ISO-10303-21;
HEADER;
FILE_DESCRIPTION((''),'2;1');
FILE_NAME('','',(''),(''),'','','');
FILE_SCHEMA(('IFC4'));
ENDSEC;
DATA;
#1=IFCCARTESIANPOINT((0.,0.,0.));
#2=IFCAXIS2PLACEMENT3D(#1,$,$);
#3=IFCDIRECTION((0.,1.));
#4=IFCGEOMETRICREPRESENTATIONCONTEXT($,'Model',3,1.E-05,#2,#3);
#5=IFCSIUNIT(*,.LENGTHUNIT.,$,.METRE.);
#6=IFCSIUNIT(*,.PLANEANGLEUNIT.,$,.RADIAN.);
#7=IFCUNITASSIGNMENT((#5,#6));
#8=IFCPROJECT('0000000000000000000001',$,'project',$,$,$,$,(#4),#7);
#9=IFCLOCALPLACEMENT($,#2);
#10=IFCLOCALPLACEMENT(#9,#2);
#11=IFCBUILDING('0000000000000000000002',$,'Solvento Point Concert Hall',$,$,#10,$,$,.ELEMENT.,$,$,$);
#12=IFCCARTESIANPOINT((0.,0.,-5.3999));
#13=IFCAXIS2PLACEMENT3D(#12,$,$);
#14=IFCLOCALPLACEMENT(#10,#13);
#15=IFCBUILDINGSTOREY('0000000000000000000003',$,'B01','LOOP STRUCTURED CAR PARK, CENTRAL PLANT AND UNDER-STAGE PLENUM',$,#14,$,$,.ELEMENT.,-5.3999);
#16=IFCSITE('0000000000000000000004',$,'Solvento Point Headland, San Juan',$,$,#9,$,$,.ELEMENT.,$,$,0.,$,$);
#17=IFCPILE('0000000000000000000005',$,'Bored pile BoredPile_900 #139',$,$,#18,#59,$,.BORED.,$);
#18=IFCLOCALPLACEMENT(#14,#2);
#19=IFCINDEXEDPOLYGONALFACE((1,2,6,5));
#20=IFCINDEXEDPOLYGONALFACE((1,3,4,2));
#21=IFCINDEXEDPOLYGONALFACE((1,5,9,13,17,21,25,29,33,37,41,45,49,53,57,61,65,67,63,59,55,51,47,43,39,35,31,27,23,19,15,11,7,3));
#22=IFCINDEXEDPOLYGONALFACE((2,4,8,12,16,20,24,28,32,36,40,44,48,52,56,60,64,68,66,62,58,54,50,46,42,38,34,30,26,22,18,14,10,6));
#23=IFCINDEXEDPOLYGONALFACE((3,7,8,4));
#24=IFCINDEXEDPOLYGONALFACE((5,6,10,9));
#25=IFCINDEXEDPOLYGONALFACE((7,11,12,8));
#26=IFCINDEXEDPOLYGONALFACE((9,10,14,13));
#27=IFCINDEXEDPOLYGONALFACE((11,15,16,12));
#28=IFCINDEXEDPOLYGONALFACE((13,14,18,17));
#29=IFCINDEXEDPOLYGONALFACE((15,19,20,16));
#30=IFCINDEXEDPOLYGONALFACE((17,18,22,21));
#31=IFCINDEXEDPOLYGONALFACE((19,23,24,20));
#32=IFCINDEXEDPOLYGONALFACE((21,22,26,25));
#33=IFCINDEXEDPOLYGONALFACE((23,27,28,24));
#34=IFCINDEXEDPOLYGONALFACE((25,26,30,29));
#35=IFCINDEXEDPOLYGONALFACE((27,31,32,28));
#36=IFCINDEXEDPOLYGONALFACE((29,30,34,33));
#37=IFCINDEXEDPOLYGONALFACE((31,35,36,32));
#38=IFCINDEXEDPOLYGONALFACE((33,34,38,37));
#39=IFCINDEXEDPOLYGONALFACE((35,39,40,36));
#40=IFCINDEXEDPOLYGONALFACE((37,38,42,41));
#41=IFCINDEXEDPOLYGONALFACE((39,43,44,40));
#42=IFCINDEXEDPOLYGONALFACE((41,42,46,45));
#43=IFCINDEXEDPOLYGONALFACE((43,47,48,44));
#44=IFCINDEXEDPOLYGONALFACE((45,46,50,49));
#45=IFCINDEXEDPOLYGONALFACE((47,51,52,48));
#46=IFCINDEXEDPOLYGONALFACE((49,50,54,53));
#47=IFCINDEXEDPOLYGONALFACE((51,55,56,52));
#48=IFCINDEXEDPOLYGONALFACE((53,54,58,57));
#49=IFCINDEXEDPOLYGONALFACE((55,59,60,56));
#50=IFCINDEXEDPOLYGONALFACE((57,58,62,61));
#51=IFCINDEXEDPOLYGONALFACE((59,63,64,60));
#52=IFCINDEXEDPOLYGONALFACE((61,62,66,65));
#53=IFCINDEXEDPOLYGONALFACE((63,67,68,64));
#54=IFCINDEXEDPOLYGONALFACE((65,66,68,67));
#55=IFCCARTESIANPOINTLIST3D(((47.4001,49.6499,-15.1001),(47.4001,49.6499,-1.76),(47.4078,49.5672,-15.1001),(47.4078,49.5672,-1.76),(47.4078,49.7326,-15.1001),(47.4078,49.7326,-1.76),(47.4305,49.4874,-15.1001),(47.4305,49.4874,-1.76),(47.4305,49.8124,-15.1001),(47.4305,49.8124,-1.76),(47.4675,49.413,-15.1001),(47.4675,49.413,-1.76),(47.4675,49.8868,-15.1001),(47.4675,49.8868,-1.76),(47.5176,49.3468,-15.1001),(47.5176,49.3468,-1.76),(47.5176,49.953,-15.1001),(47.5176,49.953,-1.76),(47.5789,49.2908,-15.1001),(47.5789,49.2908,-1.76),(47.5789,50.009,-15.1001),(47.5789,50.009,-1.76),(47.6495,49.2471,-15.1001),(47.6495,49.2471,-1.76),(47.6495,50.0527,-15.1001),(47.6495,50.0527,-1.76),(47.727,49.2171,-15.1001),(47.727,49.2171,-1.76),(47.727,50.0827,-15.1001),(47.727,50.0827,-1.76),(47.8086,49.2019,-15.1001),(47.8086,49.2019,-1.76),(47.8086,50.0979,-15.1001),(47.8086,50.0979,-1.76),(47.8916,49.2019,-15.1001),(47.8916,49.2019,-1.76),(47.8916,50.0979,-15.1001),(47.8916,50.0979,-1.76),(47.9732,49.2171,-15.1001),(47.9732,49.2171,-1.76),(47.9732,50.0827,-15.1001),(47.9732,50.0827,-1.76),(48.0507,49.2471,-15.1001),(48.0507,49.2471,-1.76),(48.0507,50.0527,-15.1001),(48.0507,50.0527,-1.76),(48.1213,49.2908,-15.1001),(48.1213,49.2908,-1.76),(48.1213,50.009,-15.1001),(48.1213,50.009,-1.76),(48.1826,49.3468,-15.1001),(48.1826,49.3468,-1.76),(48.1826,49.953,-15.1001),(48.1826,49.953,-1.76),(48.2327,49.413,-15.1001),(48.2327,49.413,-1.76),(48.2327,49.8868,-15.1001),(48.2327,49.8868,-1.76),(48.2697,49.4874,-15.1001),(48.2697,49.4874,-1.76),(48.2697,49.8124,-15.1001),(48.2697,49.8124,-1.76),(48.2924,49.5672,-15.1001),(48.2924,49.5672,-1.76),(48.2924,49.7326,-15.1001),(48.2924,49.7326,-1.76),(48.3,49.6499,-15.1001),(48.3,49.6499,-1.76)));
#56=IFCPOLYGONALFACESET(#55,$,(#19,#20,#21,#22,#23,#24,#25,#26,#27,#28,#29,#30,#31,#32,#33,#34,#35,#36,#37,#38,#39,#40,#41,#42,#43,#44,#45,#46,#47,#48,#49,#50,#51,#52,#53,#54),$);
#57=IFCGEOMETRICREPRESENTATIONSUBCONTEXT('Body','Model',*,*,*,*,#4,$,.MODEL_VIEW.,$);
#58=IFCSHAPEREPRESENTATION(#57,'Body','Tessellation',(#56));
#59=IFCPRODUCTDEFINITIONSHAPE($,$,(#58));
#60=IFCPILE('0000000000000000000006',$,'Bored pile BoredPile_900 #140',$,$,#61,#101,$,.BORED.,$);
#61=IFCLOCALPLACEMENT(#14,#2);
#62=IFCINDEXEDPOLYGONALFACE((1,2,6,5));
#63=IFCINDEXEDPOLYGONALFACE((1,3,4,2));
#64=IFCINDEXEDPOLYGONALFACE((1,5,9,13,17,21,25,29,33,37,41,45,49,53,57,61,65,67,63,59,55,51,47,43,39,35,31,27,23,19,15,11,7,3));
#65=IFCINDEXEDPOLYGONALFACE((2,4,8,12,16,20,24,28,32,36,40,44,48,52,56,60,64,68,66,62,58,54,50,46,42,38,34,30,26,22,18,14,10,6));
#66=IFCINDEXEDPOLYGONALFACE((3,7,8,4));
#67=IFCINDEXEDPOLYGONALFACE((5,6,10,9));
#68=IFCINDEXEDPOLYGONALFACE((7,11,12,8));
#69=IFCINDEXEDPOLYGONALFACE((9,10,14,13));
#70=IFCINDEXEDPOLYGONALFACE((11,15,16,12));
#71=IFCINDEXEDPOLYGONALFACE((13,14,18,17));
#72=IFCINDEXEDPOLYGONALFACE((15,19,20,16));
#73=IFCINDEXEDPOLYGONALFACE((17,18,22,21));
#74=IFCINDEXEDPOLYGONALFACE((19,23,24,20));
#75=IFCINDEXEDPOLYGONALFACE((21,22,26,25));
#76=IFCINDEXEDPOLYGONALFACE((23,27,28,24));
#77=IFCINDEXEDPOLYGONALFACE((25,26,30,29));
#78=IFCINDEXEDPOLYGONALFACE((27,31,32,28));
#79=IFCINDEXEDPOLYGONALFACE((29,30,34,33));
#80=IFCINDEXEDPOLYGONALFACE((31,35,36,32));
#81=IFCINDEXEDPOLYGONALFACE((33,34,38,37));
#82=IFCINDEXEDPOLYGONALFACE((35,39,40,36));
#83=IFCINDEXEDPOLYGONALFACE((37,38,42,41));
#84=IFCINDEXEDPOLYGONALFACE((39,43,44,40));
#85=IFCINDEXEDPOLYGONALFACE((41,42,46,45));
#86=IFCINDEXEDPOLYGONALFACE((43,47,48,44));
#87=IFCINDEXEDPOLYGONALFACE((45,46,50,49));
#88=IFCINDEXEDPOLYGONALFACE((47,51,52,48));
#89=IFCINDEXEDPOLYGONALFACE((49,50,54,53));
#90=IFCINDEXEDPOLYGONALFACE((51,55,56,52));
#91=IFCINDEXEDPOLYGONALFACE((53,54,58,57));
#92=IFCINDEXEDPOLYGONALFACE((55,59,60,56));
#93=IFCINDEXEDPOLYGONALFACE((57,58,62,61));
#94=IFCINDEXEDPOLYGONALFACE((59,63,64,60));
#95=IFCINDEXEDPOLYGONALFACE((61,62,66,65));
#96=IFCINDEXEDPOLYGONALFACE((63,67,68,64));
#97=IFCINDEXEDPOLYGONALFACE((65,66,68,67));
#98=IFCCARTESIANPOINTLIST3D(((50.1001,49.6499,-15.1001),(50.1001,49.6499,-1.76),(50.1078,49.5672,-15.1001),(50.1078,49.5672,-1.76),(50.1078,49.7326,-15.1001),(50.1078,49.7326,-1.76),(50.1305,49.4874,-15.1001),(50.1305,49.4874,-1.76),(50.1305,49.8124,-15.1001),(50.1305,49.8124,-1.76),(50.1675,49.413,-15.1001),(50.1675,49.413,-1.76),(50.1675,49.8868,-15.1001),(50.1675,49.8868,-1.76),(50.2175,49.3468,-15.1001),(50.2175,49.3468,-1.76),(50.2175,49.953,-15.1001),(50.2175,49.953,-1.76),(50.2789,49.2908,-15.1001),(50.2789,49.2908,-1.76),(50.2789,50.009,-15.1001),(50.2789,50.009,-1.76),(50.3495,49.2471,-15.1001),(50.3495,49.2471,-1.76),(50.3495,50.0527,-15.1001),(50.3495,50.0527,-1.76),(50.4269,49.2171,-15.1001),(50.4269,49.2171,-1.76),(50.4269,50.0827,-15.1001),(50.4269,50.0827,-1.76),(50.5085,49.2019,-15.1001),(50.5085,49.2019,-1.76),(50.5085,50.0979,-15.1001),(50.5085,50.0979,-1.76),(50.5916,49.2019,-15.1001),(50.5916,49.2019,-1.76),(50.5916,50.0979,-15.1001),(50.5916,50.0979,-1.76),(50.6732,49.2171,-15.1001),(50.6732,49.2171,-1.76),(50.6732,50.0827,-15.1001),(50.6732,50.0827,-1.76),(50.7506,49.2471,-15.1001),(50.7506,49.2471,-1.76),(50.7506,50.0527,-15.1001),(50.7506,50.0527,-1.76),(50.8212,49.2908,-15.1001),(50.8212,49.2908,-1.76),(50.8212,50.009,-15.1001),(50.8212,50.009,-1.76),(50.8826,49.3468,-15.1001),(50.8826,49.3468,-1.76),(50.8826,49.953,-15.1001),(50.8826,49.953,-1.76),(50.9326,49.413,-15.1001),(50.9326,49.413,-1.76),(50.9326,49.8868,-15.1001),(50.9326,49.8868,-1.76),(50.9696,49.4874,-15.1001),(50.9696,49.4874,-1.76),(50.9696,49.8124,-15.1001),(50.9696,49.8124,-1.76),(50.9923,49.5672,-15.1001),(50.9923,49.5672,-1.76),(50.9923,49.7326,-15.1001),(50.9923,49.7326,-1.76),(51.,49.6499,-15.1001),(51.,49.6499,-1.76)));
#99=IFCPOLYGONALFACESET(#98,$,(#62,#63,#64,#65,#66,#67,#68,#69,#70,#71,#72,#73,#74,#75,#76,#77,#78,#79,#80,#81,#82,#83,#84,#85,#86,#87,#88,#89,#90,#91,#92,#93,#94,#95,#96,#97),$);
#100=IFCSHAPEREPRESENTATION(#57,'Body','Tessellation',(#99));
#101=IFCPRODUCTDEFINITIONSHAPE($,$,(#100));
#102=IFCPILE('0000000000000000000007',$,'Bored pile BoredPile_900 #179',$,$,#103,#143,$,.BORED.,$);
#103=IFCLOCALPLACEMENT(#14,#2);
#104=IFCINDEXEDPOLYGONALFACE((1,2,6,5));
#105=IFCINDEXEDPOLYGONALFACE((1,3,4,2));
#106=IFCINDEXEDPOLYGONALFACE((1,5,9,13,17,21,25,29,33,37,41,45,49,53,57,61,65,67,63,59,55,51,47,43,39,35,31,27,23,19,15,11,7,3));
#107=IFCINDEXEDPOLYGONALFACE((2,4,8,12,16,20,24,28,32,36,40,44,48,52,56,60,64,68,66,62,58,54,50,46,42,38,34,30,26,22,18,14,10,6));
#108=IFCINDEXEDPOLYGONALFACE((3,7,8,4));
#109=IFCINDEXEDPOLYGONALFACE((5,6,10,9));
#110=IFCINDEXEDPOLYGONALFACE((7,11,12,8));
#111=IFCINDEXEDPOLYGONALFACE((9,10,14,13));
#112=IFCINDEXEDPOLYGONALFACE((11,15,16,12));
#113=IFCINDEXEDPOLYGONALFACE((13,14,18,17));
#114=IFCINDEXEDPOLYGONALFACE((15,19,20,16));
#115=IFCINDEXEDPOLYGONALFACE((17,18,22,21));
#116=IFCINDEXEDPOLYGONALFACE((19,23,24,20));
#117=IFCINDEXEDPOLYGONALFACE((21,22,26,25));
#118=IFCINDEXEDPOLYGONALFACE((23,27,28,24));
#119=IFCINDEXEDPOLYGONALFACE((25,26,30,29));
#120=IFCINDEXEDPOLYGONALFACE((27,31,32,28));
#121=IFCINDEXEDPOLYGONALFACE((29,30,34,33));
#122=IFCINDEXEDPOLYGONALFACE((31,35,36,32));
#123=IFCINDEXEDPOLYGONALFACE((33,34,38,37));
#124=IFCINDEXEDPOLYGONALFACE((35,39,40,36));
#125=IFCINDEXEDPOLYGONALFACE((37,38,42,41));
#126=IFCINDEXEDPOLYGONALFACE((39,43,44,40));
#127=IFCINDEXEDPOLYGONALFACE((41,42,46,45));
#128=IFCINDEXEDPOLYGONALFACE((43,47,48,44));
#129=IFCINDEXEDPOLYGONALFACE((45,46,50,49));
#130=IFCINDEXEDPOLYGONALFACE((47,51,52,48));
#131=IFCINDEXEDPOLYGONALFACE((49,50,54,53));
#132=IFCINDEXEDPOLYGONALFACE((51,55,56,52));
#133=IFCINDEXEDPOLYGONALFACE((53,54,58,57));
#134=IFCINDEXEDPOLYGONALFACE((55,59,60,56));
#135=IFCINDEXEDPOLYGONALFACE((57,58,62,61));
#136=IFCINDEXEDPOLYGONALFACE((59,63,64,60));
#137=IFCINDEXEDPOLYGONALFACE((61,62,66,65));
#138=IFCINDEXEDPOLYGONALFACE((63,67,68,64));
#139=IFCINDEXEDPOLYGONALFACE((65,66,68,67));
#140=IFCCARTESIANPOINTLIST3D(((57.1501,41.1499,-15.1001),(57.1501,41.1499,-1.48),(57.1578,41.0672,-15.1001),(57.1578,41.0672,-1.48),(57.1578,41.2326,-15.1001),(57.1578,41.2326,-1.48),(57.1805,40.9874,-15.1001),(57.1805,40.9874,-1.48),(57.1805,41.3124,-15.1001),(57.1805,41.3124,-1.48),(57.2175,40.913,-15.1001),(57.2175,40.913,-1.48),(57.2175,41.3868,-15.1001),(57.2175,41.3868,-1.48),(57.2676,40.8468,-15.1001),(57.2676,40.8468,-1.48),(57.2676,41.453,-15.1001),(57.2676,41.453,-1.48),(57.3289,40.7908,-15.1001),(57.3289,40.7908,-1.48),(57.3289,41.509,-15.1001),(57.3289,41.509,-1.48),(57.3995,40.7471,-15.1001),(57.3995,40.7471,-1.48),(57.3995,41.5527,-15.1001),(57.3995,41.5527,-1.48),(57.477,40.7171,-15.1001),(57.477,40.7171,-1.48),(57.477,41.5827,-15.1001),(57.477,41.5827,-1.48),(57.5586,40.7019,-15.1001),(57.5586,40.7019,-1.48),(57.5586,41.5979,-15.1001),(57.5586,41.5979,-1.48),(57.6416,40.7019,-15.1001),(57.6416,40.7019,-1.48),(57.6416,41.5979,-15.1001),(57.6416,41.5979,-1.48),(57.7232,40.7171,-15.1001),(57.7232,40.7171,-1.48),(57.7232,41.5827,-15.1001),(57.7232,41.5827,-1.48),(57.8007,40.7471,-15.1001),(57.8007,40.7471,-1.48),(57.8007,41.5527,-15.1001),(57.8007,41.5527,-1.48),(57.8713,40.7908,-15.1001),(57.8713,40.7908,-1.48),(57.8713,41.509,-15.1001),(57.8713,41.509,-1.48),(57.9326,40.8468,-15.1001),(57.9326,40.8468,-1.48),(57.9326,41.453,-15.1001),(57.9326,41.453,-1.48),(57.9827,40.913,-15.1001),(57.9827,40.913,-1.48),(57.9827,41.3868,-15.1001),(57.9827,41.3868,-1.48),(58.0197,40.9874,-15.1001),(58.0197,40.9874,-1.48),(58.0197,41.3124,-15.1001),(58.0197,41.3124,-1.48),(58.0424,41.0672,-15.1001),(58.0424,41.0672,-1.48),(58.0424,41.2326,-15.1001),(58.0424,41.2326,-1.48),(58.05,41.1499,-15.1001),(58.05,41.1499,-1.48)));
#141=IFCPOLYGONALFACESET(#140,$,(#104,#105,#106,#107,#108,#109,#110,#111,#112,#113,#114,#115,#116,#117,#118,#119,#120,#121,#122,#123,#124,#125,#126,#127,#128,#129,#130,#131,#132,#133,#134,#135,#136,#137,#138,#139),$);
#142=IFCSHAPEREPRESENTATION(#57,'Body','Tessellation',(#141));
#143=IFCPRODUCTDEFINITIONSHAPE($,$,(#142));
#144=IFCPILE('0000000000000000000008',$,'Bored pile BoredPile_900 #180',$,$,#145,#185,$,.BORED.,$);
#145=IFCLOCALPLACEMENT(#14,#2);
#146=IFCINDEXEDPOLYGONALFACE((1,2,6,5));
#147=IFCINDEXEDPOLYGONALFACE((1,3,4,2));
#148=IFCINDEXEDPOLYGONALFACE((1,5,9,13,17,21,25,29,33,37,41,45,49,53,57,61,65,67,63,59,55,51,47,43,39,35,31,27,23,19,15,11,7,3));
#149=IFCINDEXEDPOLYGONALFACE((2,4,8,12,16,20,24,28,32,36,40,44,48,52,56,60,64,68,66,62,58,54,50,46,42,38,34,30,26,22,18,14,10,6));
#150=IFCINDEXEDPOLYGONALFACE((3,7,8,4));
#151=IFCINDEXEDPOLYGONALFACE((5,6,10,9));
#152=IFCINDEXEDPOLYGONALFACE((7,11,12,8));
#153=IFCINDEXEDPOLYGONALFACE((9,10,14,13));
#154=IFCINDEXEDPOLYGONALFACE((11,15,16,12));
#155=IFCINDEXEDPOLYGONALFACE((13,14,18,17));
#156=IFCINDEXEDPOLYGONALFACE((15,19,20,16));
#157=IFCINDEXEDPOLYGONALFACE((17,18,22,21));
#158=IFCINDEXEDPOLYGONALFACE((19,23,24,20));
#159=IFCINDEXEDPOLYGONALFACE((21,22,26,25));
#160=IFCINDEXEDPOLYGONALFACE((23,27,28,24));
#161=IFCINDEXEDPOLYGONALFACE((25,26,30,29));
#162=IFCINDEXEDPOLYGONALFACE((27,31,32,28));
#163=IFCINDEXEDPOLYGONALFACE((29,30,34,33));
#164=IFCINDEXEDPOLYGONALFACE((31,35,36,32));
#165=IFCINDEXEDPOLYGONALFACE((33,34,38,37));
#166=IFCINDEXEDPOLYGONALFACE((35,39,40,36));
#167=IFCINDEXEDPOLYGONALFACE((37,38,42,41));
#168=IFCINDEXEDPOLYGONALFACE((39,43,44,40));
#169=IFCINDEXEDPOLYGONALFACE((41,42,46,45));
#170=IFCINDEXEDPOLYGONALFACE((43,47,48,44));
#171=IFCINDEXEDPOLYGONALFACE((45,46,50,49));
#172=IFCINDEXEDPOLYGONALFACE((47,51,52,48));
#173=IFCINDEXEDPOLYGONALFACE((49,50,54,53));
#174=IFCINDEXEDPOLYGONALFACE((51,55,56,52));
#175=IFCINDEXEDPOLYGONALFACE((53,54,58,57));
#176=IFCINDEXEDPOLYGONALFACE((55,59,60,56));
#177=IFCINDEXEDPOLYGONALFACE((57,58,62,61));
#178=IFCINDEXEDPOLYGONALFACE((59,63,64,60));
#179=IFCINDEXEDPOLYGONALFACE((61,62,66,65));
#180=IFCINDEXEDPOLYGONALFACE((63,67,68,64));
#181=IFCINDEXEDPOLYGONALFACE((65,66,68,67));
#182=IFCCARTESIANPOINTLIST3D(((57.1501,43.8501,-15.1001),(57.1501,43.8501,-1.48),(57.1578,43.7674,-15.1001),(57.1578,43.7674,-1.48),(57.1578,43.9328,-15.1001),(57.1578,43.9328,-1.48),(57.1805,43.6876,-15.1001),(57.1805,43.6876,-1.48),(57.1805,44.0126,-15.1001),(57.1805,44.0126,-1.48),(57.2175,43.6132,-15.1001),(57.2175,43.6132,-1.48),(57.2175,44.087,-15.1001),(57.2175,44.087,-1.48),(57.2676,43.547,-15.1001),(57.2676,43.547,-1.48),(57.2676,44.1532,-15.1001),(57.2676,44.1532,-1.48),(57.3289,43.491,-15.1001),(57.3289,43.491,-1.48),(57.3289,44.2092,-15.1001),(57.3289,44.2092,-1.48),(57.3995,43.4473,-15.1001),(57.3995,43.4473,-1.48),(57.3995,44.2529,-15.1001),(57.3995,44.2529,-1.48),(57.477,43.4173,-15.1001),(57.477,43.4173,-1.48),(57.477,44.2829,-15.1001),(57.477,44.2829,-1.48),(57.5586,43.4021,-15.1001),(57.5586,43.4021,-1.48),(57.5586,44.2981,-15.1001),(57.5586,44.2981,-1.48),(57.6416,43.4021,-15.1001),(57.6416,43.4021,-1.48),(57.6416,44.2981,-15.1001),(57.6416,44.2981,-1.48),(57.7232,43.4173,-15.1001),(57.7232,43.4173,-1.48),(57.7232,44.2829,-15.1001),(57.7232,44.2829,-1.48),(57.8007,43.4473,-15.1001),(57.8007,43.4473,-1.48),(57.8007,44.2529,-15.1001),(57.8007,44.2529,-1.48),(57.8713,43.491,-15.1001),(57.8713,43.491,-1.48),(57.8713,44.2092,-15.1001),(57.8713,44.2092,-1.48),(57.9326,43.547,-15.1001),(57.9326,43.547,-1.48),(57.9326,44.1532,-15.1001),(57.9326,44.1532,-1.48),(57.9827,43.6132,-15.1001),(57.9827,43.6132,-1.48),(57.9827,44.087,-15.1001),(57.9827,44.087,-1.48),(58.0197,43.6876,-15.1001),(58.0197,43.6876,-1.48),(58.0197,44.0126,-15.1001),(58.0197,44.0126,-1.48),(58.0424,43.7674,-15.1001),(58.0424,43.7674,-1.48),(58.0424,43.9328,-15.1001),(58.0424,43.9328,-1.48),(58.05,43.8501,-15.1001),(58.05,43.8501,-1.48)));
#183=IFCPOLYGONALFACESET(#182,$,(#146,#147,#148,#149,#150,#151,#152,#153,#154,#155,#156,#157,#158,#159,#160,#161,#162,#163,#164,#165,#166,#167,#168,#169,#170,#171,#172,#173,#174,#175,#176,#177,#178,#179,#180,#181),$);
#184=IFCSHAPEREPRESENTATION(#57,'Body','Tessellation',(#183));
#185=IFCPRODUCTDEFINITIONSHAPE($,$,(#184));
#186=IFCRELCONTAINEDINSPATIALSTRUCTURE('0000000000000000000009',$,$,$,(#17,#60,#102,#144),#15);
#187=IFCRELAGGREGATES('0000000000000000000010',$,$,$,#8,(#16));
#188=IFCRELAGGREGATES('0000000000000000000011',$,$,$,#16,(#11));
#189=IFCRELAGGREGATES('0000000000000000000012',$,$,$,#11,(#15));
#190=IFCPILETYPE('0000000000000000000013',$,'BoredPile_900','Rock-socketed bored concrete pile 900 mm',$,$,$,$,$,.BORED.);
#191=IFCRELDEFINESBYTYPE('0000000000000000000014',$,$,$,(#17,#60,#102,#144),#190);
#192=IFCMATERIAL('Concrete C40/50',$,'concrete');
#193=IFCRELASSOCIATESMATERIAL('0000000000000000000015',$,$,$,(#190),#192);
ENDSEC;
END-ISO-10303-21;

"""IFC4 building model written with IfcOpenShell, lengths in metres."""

from ifc_helpers import new_model, si_unit, direction, frame, origin, origin_2d, place, context, subcontext, project, spatial, circle, extrude, material, material_profile, profile_set, type_object, element, save


model = new_model("IFC4")

# Units and contexts
model_context = context("Model", 3, precision=1e-05, world=origin(), true_north=direction((0.0, 1.0)))
body_context = subcontext(model_context, "Body", "Model", "MODEL_VIEW")
ifc_project = project(units=[si_unit("LENGTHUNIT", "METRE"), si_unit("PLANEANGLEUNIT", "RADIAN")], contexts=[model_context])

# Site, building, storey
site_placement = place(None, origin())
site = spatial("IfcSite", under=ifc_project, at=site_placement, Name="Solvento Point Headland, San Juan", CompositionType="ELEMENT", RefElevation=0.0)
building_placement = place(site_placement, origin())
building = spatial("IfcBuilding", under=site, at=building_placement, Name="Solvento Point Concert Hall", CompositionType="ELEMENT")
storey_placement = place(building_placement, frame((0.0, 0.0, -5.3999)))
storey = spatial("IfcBuildingStorey", under=building, at=storey_placement, Name="B01", Description="LOOP STRUCTURED CAR PARK, CENTRAL PLANT AND UNDER-STAGE PLENUM", CompositionType="ELEMENT", Elevation=-5.3999)

# Piles
ifc_material_1 = material(Name="Concrete C40/50", Category="concrete")
ifc_material_profile_1 = material_profile(ifc_material_1, circle(Radius=0.45, at=origin_2d()), Name="BP-900")
ifc_profile_set_1 = profile_set([ifc_material_profile_1], Name="Concrete C40/50")
pile_type_1 = type_object("IfcPileType", Name="BoredPile_900", Description="Rock-socketed bored concrete pile 900 mm", PredefinedType="BORED", material=ifc_profile_set_1)
for number, where, z_axis, x_axis, name in (
    (1, (47.8501, 49.6499, -1.76), (0.0, 0.0, -1.0), (1.0, 0.0, 0.0), "Bored pile BoredPile_900 #139"),
    (2, (50.55, 49.6499, -1.76), (0.0, 0.0, -1.0), (1.0, 0.0, 0.0), "Bored pile BoredPile_900 #140"),
):
    element("IfcPile", number, at=place(storey_placement, frame(where, z_axis=z_axis, x_axis=x_axis)), inside=storey, type_object=pile_type_1, Name=name, PredefinedType="BORED", context=body_context, shape_type="SweptSolid", body=[
        extrude(circle(Radius=0.45, at=origin_2d()), origin(), (0.0, 0.0, 1.0), 13.3401),
    ])
for number, where, z_axis, x_axis, name in (
    (3, (57.6001, 41.1499, -1.48), (0.0, 0.0, -1.0), (1.0, 0.0, 0.0), "Bored pile BoredPile_900 #179"),
    (4, (57.6001, 43.8501, -1.48), (0.0, 0.0, -1.0), (1.0, 0.0, 0.0), "Bored pile BoredPile_900 #180"),
):
    element("IfcPile", number, at=place(storey_placement, frame(where, z_axis=z_axis, x_axis=x_axis)), inside=storey, type_object=pile_type_1, Name=name, PredefinedType="BORED", context=body_context, shape_type="SweptSolid", body=[
        extrude(circle(Radius=0.45, at=origin_2d()), origin(), (0.0, 0.0, 1.0), 13.6201),
    ])

save(model, "model.ifc")
